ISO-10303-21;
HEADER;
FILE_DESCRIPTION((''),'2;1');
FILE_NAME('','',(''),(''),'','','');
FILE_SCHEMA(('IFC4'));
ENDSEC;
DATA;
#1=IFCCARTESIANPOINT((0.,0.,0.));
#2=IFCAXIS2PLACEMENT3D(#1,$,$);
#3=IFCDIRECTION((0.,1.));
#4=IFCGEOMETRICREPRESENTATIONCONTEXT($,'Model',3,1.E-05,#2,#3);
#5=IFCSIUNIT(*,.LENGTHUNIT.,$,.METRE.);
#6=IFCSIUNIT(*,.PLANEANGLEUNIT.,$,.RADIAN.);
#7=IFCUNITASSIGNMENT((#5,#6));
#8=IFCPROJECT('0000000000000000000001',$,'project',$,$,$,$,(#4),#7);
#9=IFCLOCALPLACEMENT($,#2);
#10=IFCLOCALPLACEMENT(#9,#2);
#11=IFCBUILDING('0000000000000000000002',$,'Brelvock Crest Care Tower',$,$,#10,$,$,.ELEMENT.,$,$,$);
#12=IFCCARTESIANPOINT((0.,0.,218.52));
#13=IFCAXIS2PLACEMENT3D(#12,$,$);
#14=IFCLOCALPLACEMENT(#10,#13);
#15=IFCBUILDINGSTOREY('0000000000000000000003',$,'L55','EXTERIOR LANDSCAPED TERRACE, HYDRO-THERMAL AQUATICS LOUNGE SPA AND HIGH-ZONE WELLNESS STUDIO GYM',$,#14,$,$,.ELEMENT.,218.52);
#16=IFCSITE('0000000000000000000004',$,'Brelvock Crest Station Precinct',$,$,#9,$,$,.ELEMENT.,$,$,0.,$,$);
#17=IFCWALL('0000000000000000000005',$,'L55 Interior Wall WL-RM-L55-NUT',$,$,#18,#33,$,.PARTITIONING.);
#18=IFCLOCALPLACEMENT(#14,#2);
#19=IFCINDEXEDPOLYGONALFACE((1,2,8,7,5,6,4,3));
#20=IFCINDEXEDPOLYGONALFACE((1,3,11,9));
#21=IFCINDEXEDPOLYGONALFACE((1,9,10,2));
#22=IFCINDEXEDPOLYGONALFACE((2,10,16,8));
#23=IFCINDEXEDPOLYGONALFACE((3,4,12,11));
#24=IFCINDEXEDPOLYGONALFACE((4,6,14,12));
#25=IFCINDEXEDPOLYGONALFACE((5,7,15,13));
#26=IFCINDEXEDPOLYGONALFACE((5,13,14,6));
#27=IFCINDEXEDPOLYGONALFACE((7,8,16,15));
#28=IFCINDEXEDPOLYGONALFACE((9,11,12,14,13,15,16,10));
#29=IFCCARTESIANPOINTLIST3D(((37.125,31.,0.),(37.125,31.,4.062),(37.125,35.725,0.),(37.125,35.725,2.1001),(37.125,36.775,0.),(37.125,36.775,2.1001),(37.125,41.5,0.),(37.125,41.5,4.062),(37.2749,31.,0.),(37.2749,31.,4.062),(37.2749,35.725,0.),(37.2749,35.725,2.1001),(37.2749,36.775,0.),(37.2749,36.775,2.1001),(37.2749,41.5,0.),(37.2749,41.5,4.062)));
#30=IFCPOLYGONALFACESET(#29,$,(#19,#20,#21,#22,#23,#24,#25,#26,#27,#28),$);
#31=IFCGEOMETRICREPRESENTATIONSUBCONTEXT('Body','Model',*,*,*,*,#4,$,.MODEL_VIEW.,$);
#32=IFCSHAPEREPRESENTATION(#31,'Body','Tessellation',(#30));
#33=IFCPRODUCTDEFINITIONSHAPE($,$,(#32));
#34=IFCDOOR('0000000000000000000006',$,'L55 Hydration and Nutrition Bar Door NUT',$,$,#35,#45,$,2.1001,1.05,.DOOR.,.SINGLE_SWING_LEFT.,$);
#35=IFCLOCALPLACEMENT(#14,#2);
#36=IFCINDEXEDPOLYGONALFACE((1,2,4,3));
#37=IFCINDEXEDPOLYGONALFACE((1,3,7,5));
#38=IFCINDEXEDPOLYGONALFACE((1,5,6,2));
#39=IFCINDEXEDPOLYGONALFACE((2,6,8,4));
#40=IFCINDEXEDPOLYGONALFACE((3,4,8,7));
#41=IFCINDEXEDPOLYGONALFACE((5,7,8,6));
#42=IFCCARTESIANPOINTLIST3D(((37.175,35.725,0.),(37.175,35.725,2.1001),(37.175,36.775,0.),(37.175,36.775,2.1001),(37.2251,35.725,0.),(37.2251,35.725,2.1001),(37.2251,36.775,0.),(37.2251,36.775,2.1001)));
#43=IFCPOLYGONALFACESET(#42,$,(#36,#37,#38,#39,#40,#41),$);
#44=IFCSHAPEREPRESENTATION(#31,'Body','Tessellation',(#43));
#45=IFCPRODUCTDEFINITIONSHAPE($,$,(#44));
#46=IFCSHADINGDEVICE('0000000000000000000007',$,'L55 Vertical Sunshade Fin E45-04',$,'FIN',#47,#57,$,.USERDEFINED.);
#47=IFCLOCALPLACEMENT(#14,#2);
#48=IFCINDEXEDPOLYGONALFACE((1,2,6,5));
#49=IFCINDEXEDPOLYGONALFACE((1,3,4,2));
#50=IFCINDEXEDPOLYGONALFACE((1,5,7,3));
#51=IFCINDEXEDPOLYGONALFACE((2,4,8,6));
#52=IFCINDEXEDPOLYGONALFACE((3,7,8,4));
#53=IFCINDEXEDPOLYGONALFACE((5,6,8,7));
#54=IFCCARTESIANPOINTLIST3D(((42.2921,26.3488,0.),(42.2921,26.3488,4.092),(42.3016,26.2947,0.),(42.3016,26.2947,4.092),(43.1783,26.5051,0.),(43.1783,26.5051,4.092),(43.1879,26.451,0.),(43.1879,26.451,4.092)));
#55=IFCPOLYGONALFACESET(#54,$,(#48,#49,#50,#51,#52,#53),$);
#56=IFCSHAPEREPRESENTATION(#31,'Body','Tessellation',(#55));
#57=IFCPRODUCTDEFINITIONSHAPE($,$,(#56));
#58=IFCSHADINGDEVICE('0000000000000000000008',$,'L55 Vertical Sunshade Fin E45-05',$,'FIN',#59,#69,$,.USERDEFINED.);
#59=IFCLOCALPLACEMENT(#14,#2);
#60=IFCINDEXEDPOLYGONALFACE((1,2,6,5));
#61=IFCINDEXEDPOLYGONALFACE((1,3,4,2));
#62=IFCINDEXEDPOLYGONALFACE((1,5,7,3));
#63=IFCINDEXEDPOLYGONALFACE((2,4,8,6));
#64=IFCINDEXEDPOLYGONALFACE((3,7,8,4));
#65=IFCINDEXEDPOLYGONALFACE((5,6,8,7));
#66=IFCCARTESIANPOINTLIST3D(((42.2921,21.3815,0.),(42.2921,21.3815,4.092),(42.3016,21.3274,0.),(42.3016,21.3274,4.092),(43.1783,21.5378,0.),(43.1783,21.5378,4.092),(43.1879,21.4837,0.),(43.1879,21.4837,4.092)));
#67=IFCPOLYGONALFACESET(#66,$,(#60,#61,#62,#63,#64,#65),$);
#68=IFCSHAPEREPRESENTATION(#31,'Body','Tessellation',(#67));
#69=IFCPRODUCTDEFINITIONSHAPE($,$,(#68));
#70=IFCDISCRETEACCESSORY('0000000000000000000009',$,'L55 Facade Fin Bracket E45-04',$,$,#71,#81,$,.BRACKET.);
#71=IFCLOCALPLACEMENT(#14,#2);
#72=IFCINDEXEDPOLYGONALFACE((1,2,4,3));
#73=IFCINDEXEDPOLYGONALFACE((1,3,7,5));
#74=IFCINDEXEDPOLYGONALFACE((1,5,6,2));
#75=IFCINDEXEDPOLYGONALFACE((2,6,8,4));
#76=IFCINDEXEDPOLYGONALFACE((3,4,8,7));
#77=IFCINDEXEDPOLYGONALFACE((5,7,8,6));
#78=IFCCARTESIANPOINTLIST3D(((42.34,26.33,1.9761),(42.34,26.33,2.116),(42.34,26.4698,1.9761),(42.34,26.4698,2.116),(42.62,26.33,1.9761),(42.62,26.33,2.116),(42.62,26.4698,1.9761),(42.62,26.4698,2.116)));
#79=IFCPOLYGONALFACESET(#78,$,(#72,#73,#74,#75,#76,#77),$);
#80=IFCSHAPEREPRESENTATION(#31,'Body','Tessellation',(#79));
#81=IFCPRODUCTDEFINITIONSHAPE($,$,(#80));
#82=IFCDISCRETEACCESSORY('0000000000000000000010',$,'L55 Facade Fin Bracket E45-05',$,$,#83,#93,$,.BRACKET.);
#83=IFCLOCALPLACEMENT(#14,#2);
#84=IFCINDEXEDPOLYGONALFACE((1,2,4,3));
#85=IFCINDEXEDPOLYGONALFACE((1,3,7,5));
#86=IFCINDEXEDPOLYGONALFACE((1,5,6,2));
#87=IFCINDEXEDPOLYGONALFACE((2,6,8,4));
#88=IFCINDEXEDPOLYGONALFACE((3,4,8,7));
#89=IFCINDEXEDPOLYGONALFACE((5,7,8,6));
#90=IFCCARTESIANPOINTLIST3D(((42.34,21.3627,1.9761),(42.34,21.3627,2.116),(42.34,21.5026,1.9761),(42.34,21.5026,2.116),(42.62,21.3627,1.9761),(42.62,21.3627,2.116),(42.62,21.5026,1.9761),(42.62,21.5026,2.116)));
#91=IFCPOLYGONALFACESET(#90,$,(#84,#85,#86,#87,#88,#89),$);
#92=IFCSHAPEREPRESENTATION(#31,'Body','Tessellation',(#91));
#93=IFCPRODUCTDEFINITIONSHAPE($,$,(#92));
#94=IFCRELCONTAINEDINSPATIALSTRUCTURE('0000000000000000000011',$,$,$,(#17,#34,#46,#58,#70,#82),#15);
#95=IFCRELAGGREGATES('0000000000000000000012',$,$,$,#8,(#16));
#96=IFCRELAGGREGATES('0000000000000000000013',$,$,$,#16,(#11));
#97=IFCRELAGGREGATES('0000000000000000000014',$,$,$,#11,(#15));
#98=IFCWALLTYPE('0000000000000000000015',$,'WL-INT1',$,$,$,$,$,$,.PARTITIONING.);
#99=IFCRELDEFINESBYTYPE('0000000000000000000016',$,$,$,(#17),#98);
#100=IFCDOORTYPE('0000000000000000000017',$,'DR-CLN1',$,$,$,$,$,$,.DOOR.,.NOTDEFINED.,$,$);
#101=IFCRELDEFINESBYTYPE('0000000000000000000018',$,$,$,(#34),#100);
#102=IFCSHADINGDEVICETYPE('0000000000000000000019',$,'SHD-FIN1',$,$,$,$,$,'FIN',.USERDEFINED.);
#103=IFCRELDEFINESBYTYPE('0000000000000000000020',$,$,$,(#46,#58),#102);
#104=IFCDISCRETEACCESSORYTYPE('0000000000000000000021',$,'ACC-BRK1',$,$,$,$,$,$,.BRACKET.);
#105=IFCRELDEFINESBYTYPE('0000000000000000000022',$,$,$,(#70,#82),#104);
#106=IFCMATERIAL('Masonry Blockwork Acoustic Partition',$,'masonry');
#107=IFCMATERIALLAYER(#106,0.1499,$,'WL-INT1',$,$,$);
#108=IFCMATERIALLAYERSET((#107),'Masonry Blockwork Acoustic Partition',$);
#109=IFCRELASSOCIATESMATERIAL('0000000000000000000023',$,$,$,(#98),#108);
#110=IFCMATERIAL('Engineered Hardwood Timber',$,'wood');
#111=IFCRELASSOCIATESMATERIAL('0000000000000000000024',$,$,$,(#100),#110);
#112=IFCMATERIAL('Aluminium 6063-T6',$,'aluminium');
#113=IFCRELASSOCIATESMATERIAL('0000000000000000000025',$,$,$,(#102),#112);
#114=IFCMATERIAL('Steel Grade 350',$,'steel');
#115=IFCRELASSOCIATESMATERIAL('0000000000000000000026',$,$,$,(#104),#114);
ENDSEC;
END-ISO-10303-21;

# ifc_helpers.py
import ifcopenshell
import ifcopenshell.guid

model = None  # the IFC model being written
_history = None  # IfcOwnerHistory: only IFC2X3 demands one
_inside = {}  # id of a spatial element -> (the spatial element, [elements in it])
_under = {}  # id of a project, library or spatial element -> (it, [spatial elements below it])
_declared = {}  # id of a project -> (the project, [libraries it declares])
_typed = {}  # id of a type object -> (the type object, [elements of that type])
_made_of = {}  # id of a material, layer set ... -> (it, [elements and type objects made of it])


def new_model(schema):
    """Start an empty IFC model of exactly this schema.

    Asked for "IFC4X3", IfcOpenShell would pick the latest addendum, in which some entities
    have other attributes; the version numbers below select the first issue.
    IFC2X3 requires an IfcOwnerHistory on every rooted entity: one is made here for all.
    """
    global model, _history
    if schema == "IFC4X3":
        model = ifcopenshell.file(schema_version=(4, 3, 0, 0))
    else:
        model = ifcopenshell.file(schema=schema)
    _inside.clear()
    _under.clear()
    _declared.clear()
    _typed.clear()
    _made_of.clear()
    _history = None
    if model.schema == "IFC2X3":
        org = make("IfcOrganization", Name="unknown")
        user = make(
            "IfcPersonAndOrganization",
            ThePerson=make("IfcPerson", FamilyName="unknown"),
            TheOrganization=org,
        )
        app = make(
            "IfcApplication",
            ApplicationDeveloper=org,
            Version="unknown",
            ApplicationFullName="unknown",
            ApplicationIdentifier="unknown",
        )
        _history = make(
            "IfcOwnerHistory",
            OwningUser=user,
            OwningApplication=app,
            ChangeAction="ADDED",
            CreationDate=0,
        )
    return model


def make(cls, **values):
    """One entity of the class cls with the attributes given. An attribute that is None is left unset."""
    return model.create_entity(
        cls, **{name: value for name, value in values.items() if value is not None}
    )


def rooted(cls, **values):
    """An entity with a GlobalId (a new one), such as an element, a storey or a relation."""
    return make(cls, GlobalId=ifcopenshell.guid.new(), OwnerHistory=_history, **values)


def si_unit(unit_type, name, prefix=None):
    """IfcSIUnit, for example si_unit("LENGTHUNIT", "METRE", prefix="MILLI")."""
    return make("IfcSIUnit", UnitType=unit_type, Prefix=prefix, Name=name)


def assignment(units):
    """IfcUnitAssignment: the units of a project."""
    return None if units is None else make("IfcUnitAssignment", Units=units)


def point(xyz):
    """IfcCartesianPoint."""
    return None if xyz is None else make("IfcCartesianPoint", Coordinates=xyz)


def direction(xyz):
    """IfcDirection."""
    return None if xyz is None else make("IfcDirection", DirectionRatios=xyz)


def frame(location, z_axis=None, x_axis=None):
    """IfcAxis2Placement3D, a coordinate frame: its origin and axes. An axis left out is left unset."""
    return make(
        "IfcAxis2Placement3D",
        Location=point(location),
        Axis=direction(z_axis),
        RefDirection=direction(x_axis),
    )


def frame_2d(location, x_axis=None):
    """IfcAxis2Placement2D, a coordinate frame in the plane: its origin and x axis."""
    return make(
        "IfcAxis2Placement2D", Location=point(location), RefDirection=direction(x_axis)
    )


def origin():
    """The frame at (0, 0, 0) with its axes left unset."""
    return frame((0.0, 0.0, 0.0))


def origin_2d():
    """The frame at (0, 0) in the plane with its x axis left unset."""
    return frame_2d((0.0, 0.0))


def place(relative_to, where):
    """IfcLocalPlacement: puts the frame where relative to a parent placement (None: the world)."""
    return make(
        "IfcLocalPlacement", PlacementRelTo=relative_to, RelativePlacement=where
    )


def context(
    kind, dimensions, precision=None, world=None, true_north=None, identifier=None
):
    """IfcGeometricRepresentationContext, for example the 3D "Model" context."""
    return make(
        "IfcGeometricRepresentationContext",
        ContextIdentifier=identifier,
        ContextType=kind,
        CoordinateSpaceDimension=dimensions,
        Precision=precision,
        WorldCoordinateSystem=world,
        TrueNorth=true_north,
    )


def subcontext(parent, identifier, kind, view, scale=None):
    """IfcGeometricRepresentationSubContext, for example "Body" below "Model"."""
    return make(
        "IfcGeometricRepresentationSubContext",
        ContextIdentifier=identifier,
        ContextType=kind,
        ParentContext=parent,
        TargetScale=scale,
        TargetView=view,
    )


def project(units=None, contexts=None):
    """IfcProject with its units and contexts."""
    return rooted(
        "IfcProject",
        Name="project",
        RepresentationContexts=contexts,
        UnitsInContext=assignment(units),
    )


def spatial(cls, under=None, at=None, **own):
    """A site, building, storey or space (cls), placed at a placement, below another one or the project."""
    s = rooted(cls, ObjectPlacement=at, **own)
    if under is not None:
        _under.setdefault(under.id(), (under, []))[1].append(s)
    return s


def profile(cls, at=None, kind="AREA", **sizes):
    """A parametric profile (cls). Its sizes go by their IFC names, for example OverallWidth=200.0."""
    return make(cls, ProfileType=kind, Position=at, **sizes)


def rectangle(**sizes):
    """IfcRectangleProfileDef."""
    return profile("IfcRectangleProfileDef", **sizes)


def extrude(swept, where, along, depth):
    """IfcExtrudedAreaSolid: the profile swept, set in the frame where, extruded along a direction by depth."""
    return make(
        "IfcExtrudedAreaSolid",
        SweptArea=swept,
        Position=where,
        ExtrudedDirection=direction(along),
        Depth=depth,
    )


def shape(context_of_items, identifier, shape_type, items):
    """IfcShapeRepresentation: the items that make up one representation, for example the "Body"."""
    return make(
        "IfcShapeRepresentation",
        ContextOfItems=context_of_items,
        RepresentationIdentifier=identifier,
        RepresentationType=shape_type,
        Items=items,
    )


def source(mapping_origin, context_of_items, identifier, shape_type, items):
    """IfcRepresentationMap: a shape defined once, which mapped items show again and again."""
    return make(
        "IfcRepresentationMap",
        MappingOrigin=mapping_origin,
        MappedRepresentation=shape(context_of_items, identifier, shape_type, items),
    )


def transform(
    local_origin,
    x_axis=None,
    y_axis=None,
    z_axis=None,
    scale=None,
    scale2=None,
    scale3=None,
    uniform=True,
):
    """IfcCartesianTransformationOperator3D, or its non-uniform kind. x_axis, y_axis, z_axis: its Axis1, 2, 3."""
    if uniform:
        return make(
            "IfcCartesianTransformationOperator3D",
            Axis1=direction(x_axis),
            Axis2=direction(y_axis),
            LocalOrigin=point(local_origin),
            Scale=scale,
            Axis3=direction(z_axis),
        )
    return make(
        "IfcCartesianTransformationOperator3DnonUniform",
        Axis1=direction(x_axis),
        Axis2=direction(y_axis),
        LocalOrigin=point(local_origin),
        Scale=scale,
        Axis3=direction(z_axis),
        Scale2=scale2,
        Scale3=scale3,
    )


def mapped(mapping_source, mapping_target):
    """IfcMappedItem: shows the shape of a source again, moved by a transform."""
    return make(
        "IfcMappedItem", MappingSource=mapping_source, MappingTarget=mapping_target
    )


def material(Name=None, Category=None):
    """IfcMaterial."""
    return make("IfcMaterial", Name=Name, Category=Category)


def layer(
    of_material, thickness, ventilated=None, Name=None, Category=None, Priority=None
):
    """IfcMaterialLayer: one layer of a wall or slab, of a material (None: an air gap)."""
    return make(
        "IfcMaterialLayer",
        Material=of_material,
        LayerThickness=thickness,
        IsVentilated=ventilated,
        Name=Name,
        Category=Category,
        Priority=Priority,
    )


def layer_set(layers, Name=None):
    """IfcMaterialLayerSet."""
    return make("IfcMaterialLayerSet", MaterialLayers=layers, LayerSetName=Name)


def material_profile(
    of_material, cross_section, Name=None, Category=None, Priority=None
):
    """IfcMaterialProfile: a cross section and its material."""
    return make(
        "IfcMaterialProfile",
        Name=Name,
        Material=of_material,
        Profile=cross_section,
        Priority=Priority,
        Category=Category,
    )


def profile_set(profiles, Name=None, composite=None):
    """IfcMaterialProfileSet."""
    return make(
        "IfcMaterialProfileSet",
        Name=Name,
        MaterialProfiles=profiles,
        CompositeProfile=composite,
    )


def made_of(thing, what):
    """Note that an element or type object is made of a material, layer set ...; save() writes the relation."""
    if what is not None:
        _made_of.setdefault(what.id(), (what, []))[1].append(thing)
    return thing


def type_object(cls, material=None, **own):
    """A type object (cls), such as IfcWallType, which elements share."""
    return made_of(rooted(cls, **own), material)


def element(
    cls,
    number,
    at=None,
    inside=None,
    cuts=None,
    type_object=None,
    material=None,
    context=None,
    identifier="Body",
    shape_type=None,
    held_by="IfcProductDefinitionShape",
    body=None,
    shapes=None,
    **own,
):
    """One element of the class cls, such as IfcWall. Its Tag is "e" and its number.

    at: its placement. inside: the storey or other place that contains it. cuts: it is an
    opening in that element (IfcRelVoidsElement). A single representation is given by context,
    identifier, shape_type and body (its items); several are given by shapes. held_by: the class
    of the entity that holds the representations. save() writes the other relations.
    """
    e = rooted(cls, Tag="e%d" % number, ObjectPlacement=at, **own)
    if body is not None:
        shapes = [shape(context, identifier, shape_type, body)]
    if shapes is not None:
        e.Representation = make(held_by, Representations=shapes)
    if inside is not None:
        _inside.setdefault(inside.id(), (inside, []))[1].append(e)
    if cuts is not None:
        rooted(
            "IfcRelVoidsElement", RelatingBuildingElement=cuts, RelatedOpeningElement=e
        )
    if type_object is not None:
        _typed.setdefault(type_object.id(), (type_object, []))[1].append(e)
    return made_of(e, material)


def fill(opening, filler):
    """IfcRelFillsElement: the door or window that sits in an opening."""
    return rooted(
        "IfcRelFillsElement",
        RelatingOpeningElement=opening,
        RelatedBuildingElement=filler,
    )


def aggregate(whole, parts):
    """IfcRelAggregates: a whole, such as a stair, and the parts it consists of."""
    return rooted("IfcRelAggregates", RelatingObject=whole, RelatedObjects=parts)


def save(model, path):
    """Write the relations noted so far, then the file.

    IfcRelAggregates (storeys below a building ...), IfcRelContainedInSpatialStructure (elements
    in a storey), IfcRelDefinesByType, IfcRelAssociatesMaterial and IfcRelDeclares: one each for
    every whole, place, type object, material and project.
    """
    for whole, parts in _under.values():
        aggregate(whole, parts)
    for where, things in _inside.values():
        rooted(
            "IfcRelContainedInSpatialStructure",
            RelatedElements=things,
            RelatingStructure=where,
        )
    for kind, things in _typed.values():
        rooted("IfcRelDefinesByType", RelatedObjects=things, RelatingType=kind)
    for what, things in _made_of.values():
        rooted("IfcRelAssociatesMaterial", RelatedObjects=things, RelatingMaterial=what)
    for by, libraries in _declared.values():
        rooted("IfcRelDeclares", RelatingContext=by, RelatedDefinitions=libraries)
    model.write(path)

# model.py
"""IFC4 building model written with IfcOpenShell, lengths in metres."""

from ifc_helpers import new_model, si_unit, direction, frame, frame_2d, origin, origin_2d, place, context, subcontext, project, spatial, rectangle, extrude, source, transform, mapped, material, layer, layer_set, material_profile, profile_set, type_object, element, fill, save


model = new_model("IFC4")

# Units and contexts
model_context = context("Model", 3, precision=1e-05, world=origin(), true_north=direction((0.0, 1.0)))
body_context = subcontext(model_context, "Body", "Model", "MODEL_VIEW")
ifc_project = project(units=[si_unit("LENGTHUNIT", "METRE"), si_unit("PLANEANGLEUNIT", "RADIAN")], contexts=[model_context])

# Site, building, storey
site_placement = place(None, origin())
site = spatial("IfcSite", under=ifc_project, at=site_placement, Name="Brelvock Crest Station Precinct", CompositionType="ELEMENT", RefElevation=0.0)
building_placement = place(site_placement, origin())
building = spatial("IfcBuilding", under=site, at=building_placement, Name="Brelvock Crest Care Tower", CompositionType="ELEMENT")
storey_placement = place(building_placement, frame((0.0, 0.0, 218.52)))
storey = spatial("IfcBuildingStorey", under=building, at=storey_placement, Name="L55", Description="EXTERIOR LANDSCAPED TERRACE, HYDRO-THERMAL AQUATICS LOUNGE SPA AND HIGH-ZONE WELLNESS STUDIO GYM", CompositionType="ELEMENT", Elevation=218.52)

# Shared definitions
ifc_material_1 = material(Name="Aluminium 6063-T6", Category="aluminium")

# Shared definitions
ifc_material_2 = material(Name="Masonry Blockwork Acoustic Partition", Category="masonry")
ifc_layer_1 = layer(ifc_material_2, 0.1499, Name="WL-INT1")
ifc_layer_set_1 = layer_set([ifc_layer_1], Name="Masonry Blockwork Acoustic Partition")
wall_type_1 = type_object("IfcWallType", Name="WL-INT1", PredefinedType="PARTITIONING", material=ifc_layer_set_1)

# Wall, opening, door
ifc_material_3 = material(Name="Engineered Hardwood Timber", Category="wood")
door_type = type_object("IfcDoorType", Name="DR-CLN1", OperationType="NOTDEFINED", PredefinedType="DOOR", material=ifc_material_3)
shared_shape_1 = source(origin(), body_context, "Body", "SweptSolid", [
    extrude(rectangle(XDim=1.05, YDim=2.1001, at=origin_2d()), frame((0.5249, 0.0249, 1.05), z_axis=(0.0, -1.0, 0.0), x_axis=(1.0, 0.0, 0.0)), (0.0, 0.0, 1.0), 0.05),
])
wall_1_placement = place(storey_placement, frame((37.2, 31.0, 0.0), z_axis=(0.0, 0.0, 1.0), x_axis=(0.0, 1.0, 0.0)))
wall_1 = element("IfcWall", 1, at=wall_1_placement, inside=storey, type_object=wall_type_1, Name="L55 Interior Wall WL-RM-L55-NUT", PredefinedType="PARTITIONING", context=body_context, shape_type="SweptSolid", body=[
    extrude(rectangle(XDim=10.5, YDim=0.1499, at=frame_2d((5.25, 0.0))), origin(), (0.0, 0.0, 1.0), 4.062),
])
opening_1_placement = place(wall_1_placement, frame((4.7251, 0.0, 0.0)))
opening_1 = element("IfcOpeningElement", 2, at=opening_1_placement, cuts=wall_1, PredefinedType="OPENING", context=body_context, shape_type="SweptSolid", body=[
    extrude(rectangle(XDim=1.05, YDim=2.1001, at=origin_2d()), frame((0.5249, 0.085, 1.05), z_axis=(0.0, -1.0, 0.0), x_axis=(1.0, 0.0, 0.0)), (0.0, 0.0, 1.0), 0.1699),
])
door_1_placement = place(opening_1_placement, origin())
door_1 = element("IfcDoor", 3, at=door_1_placement, inside=storey, type_object=door_type, Name="L55 Hydration and Nutrition Bar Door NUT", OperationType="SINGLE_SWING_LEFT", OverallHeight=2.1001, OverallWidth=1.05, PredefinedType="DOOR", context=body_context, shape_type="MappedRepresentation", body=[
    mapped(shared_shape_1, transform((0.0, 0.0, 0.0), x_axis=(1.0, 0.0, 0.0), y_axis=(0.0, 1.0, 0.0), z_axis=(0.0, 0.0, 1.0), scale=1.0)),
])
fill(opening_1, door_1)

# Shading devices
ifc_material_profile_1 = material_profile(ifc_material_1, rectangle(XDim=0.0549, YDim=0.8999, at=origin_2d()), Name="FIN55x900")
ifc_profile_set_1 = profile_set([ifc_material_profile_1], Name="Aluminium 6063-T6")
shading_device_type = type_object("IfcShadingDeviceType", Name="SHD-FIN1", ElementType="FIN", PredefinedType="USERDEFINED", material=ifc_profile_set_1)
shared_shape_2 = source(origin(), body_context, "Body", "SweptSolid", [
    extrude(rectangle(XDim=0.0549, YDim=0.8999, at=origin_2d()), origin(), (0.0, 0.0, 1.0), 4.092),
])
for number, where, z_axis, x_axis, name in (
    (4, (42.74, 26.3999, 0.0), (0.0, 0.0, 1.0), (0.173648, -0.984808, 0.0), "L55 Vertical Sunshade Fin E45-04"),
    (5, (42.74, 21.4326, 0.0), (0.0, 0.0, 1.0), (0.173648, -0.984808, 0.0), "L55 Vertical Sunshade Fin E45-05"),
):
    element("IfcShadingDevice", number, at=place(storey_placement, frame(where, z_axis=z_axis, x_axis=x_axis)), inside=storey, type_object=shading_device_type, Name=name, ObjectType="FIN", PredefinedType="USERDEFINED", context=body_context, shape_type="MappedRepresentation", body=[
        mapped(shared_shape_2, transform((0.0, 0.0, 0.0), x_axis=(1.0, 0.0, 0.0), y_axis=(0.0, 1.0, 0.0), z_axis=(0.0, 0.0, 1.0), scale=1.0)),
    ])

# Discrete accessories
ifc_material_4 = material(Name="Steel Grade 350", Category="steel")
discrete_accessory_type = type_object("IfcDiscreteAccessoryType", Name="ACC-BRK1", PredefinedType="BRACKET", material=ifc_material_4)
shared_shape_3 = source(origin(), body_context, "Body", "SweptSolid", [
    extrude(rectangle(XDim=0.28, YDim=0.1399, at=origin_2d()), origin(), (0.0, 0.0, 1.0), 0.1399),
])
for number, where, z_axis, x_axis, name in (
    (6, (42.48, 26.3999, 1.9761), (0.0, 0.0, 1.0), (1.0, 0.0, 0.0), "L55 Facade Fin Bracket E45-04"),
    (7, (42.48, 21.4326, 1.9761), (0.0, 0.0, 1.0), (1.0, 0.0, 0.0), "L55 Facade Fin Bracket E45-05"),
):
    element("IfcDiscreteAccessory", number, at=place(storey_placement, frame(where, z_axis=z_axis, x_axis=x_axis)), inside=storey, type_object=discrete_accessory_type, Name=name, PredefinedType="BRACKET", context=body_context, shape_type="MappedRepresentation", body=[
        mapped(shared_shape_3, transform((0.0, 0.0, 0.0), x_axis=(1.0, 0.0, 0.0), y_axis=(0.0, 1.0, 0.0), z_axis=(0.0, 0.0, 1.0), scale=1.0)),
    ])

save(model, "model.ifc")
